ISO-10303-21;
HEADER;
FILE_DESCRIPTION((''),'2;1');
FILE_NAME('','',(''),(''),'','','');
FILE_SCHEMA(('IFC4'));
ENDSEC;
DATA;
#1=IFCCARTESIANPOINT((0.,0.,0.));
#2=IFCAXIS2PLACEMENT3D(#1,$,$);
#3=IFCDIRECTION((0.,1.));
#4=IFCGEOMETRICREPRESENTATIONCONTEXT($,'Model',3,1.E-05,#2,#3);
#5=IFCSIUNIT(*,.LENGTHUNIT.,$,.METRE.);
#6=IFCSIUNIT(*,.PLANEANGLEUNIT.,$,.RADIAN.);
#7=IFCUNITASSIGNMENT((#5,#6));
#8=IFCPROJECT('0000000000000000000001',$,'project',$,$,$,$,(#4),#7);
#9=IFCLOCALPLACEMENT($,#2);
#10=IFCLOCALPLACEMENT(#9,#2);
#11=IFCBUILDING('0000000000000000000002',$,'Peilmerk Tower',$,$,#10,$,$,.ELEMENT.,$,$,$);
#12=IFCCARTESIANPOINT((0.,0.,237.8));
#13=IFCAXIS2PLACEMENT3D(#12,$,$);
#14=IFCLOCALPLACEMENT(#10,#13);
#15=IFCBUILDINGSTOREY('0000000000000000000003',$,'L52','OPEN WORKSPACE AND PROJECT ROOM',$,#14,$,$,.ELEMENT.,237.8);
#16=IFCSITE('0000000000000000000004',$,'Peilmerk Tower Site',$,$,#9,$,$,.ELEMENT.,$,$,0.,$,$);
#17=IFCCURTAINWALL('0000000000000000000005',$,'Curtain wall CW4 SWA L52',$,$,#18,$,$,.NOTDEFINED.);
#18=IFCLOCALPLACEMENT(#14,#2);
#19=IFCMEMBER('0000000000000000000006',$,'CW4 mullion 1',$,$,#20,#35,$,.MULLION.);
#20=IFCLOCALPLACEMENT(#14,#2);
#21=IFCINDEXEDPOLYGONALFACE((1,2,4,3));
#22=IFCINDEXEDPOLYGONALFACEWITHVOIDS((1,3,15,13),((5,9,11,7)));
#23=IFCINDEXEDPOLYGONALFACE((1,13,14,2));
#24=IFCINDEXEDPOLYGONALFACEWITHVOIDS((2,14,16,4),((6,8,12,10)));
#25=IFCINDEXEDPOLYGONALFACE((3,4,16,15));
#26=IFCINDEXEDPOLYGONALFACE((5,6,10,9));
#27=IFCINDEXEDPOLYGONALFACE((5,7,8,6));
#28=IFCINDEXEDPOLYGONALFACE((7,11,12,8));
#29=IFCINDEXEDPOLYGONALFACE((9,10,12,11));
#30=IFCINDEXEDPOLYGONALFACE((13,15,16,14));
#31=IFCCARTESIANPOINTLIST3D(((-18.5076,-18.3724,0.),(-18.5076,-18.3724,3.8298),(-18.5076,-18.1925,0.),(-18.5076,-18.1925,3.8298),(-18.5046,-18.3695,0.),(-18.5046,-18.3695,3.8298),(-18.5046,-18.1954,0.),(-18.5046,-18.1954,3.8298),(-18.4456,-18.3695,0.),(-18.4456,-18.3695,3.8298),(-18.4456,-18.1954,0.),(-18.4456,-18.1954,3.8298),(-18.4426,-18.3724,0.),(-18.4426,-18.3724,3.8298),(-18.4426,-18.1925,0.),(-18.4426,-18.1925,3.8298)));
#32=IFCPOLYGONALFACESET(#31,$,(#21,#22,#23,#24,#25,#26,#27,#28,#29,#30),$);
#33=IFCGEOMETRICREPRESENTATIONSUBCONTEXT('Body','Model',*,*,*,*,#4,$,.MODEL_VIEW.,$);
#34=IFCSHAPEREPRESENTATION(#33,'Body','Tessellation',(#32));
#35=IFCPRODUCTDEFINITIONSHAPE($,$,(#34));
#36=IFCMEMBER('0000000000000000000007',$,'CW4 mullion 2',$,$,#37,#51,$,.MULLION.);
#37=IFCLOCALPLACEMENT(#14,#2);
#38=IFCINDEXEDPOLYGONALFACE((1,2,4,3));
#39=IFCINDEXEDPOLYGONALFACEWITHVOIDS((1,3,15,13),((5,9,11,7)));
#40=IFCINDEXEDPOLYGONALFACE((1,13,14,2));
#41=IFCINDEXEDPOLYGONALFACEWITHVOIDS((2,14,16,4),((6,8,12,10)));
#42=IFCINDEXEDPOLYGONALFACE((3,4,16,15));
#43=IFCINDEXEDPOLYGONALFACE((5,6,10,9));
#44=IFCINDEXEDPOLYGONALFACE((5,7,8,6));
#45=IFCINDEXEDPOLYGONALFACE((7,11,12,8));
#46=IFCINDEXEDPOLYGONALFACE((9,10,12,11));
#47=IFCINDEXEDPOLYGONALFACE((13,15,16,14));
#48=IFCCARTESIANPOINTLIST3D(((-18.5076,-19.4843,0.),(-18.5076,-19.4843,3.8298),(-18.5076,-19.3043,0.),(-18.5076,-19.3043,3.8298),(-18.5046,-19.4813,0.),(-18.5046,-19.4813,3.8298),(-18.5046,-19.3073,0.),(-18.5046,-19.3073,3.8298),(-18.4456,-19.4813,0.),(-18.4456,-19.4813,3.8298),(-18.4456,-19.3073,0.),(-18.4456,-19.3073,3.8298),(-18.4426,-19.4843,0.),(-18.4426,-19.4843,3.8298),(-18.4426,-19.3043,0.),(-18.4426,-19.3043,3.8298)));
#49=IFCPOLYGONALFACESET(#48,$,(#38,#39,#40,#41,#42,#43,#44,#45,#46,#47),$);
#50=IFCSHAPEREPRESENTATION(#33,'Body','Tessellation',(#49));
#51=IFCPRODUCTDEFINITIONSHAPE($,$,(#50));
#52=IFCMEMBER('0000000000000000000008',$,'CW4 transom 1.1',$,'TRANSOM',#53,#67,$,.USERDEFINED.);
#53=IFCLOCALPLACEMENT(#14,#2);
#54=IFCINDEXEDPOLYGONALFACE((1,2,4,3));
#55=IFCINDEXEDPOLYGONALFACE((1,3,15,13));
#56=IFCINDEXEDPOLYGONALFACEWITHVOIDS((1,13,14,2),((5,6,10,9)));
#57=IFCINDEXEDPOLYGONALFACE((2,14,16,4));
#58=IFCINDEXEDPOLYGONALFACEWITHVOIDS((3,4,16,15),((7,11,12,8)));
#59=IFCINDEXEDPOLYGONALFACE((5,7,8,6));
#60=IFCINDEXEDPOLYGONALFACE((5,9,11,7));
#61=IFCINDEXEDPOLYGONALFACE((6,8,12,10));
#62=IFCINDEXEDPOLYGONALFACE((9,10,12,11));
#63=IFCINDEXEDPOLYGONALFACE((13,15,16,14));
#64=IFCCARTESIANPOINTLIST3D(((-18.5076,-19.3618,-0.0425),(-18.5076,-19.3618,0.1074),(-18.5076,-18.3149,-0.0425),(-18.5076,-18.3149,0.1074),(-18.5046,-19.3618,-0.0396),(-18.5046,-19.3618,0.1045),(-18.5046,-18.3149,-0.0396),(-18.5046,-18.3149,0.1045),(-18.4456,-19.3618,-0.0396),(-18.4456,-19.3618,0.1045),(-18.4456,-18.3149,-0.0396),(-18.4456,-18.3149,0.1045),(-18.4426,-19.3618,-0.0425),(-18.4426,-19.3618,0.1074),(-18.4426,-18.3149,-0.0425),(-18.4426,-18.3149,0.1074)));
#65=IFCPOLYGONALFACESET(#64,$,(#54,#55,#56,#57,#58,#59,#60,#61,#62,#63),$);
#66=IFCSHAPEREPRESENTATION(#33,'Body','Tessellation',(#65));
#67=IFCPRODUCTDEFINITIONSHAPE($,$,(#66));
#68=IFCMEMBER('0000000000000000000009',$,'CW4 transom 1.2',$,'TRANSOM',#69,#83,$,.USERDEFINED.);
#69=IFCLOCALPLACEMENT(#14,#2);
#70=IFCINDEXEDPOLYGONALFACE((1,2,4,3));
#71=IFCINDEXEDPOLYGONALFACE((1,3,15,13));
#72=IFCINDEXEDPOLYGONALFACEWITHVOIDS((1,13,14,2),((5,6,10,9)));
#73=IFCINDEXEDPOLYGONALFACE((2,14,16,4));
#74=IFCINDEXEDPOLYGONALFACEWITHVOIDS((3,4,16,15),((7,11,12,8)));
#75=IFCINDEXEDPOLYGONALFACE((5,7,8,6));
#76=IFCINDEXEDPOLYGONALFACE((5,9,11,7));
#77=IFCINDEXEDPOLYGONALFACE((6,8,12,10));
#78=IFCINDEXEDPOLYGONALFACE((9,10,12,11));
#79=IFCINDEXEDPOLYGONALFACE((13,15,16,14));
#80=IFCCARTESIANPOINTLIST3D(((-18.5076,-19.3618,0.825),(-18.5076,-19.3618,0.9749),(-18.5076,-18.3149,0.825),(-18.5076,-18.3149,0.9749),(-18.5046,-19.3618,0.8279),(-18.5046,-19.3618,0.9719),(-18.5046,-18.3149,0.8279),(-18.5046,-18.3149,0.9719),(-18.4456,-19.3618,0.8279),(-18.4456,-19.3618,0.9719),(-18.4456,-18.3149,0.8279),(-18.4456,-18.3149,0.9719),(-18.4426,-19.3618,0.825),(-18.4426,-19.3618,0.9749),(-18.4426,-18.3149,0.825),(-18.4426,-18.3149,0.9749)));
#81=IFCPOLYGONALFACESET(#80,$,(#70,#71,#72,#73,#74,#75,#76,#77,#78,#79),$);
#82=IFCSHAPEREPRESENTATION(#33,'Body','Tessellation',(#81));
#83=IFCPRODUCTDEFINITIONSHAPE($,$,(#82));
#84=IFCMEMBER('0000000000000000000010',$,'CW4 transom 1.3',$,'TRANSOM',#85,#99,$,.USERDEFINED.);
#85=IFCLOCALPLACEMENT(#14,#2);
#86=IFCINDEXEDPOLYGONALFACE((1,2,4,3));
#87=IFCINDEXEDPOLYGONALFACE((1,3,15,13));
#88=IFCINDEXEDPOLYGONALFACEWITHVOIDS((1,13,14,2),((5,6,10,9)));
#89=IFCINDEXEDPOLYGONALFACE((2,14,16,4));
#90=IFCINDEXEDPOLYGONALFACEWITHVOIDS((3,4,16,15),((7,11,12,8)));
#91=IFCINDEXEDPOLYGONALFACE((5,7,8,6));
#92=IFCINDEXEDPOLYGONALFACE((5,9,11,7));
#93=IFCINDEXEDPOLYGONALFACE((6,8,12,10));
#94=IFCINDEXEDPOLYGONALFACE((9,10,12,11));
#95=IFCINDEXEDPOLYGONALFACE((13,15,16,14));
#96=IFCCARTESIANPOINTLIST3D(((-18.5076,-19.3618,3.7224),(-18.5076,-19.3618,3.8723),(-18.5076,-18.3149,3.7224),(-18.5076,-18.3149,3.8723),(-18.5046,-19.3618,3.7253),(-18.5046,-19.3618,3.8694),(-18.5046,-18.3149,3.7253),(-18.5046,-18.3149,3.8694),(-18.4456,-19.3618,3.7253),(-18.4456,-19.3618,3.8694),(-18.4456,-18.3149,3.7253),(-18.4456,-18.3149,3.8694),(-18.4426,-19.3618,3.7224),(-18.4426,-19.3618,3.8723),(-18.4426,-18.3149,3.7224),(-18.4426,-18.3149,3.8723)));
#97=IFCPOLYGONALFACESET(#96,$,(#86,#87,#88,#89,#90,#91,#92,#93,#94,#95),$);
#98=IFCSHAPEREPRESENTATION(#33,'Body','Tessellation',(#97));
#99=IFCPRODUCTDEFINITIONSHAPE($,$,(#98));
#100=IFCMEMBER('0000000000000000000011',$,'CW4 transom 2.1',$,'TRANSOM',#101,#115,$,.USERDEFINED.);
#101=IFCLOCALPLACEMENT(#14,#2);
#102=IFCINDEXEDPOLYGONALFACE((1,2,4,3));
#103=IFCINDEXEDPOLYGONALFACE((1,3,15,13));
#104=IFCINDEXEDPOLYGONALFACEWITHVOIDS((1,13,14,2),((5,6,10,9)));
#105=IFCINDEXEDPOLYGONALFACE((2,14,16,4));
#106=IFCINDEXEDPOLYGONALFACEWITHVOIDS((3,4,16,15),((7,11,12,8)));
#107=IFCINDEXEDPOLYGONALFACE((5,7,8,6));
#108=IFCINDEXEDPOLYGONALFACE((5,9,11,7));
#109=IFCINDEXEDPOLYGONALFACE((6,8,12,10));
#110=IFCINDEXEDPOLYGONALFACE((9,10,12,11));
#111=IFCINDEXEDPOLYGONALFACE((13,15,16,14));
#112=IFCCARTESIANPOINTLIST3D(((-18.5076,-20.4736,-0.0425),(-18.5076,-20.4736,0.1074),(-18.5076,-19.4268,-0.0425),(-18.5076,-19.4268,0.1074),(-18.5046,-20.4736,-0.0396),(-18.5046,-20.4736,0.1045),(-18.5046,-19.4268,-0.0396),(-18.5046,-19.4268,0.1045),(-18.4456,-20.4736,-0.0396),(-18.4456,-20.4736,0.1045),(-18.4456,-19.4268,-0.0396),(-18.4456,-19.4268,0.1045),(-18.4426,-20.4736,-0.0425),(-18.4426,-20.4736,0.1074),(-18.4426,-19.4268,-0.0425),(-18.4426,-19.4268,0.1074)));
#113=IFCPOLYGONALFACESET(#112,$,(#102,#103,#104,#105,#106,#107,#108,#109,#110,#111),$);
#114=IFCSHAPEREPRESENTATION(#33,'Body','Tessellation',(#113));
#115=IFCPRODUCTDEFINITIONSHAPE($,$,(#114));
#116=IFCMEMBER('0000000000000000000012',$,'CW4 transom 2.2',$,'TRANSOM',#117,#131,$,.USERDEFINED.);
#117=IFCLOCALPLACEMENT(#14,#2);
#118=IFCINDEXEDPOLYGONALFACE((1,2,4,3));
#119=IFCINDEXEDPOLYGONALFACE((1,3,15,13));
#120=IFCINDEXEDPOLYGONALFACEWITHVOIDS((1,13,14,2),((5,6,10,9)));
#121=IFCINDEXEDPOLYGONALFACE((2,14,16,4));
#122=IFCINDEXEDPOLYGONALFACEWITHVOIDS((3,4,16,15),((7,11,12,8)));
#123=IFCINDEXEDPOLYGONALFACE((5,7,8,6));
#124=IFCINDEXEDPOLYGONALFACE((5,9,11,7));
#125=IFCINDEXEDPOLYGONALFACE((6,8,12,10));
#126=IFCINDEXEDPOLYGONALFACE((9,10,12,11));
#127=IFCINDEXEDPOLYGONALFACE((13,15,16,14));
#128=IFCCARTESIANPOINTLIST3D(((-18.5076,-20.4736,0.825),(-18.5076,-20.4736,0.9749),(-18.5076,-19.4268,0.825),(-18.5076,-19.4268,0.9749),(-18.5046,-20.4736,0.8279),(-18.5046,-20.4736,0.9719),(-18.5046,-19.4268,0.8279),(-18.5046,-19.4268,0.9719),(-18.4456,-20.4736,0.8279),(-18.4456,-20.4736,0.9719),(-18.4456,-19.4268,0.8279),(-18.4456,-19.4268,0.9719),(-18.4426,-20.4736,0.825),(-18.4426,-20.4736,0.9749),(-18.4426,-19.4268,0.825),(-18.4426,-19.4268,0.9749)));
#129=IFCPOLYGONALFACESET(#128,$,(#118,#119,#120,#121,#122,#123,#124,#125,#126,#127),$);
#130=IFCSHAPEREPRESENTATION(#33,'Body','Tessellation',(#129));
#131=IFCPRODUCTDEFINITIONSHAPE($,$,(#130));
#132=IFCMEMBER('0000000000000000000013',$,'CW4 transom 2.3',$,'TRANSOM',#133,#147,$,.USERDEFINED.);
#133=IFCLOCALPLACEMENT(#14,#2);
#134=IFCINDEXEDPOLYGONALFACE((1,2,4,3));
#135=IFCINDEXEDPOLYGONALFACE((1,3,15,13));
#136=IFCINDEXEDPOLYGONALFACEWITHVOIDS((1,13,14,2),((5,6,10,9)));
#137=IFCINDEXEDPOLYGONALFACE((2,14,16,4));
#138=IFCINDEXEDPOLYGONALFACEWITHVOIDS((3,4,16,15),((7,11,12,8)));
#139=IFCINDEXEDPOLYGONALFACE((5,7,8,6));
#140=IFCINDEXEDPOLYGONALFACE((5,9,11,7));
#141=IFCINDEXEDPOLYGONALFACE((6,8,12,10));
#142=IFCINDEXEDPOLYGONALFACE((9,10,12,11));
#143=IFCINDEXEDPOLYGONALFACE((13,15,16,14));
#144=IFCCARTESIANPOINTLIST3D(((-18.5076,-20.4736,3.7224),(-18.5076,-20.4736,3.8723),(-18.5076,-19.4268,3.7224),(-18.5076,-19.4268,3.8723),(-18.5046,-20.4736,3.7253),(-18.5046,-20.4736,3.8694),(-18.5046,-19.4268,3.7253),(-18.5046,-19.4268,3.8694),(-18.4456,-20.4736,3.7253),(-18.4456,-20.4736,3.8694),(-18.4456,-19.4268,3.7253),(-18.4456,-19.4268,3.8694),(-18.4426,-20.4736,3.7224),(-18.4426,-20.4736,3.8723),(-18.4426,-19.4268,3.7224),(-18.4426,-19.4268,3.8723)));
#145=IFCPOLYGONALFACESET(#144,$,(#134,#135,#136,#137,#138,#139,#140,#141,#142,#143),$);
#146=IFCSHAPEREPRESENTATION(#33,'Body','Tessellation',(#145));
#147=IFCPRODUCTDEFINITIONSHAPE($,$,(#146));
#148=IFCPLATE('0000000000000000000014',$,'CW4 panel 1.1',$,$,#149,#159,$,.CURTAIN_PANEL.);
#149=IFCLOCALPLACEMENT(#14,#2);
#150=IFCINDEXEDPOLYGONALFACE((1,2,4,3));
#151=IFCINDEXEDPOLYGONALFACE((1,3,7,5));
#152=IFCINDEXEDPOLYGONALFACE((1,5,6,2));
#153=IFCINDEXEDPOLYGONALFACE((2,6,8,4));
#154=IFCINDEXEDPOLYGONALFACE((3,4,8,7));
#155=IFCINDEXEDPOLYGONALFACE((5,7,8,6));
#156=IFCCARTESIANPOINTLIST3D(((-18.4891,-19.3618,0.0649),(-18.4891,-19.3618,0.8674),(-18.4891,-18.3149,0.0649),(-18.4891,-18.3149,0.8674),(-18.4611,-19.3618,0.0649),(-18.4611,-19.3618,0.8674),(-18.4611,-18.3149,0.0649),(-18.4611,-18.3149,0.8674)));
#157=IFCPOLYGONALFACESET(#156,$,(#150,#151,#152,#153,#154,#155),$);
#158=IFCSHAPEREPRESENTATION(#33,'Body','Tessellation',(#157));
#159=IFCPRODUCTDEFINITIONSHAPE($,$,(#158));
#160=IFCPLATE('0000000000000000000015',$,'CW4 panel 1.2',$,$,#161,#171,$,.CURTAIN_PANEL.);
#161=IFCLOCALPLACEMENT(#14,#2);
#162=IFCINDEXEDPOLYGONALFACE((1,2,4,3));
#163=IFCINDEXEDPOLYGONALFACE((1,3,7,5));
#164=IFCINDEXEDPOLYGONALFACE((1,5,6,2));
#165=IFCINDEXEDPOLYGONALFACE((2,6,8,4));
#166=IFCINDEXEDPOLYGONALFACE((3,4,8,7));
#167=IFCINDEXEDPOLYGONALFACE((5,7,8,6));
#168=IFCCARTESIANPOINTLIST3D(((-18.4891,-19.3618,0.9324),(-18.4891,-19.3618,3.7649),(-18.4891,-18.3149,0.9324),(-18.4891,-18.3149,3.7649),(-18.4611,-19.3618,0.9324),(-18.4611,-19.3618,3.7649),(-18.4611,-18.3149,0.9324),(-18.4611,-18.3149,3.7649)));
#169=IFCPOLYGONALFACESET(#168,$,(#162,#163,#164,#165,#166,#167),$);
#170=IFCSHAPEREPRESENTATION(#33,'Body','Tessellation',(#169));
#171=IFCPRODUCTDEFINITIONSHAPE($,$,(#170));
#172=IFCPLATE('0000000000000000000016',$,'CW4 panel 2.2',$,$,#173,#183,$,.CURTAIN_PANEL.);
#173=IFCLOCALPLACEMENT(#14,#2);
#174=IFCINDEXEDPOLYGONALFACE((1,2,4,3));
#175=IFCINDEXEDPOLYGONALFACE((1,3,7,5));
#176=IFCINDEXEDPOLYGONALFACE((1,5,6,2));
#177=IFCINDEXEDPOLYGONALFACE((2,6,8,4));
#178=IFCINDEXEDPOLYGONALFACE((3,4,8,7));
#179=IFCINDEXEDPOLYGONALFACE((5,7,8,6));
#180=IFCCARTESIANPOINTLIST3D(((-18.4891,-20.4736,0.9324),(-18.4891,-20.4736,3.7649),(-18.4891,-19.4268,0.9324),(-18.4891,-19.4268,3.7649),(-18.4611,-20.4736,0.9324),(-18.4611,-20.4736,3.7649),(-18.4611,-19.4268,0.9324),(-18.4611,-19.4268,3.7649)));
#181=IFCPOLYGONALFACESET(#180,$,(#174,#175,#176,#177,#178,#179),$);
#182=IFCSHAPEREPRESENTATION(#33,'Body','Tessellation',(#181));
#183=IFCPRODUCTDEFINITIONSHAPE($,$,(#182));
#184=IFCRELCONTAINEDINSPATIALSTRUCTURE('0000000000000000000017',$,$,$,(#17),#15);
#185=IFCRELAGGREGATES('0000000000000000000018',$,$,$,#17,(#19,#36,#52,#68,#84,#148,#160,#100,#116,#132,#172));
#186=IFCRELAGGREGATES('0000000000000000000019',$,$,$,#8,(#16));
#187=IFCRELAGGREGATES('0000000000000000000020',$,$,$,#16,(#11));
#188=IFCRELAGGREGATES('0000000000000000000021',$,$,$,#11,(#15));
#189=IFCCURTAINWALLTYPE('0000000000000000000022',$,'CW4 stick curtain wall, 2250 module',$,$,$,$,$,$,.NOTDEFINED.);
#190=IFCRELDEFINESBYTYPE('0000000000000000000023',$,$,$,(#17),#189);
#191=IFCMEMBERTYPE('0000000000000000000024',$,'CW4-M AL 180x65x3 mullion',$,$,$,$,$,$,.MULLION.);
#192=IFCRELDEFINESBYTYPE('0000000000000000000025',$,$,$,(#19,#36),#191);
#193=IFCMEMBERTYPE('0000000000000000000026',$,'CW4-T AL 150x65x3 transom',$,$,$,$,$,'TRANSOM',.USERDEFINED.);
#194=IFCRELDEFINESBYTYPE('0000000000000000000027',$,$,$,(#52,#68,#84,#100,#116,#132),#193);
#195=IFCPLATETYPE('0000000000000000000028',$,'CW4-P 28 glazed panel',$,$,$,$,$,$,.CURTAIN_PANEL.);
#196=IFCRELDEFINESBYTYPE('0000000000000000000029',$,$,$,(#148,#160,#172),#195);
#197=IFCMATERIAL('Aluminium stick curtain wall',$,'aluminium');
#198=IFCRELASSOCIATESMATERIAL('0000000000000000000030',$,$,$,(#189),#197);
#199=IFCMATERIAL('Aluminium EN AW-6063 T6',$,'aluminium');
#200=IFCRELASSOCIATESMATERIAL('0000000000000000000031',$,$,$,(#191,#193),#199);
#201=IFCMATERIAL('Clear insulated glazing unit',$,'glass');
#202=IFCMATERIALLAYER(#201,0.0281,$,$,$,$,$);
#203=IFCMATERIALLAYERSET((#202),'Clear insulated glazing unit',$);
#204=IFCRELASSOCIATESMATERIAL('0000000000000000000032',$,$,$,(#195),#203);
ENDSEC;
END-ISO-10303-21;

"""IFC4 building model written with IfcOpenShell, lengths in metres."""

from ifc_helpers import new_model, si_unit, direction, frame, origin, origin_2d, place, context, subcontext, project, spatial, rectangle, hollow_rectangle, extrude, material, layer, layer_set, material_profile, profile_set, type_object, element, aggregate, save


model = new_model("IFC4")

# Units and contexts
model_context = context("Model", 3, precision=1e-05, world=origin(), true_north=direction((0.0, 1.0)))
body_context = subcontext(model_context, "Body", "Model", "MODEL_VIEW")
ifc_project = project(units=[si_unit("LENGTHUNIT", "METRE"), si_unit("PLANEANGLEUNIT", "RADIAN")], contexts=[model_context])

# Site, building, storey
site_placement = place(None, origin())
site = spatial("IfcSite", under=ifc_project, at=site_placement, Name="Peilmerk Tower Site", CompositionType="ELEMENT", RefElevation=0.0)
building_placement = place(site_placement, origin())
building = spatial("IfcBuilding", under=site, at=building_placement, Name="Peilmerk Tower", CompositionType="ELEMENT")
storey_placement = place(building_placement, frame((0.0, 0.0, 237.8)))
storey = spatial("IfcBuildingStorey", under=building, at=storey_placement, Name="L52", Description="OPEN WORKSPACE AND PROJECT ROOM", CompositionType="ELEMENT", Elevation=237.8)

# Curtain wall, members, plates
ifc_material_1 = material(Name="Aluminium stick curtain wall", Category="aluminium")
curtain_wall_type = type_object("IfcCurtainWallType", Name="CW4 stick curtain wall, 2250 module", PredefinedType="NOTDEFINED", material=ifc_material_1)
curtain_wall_placement = place(storey_placement, origin())
curtain_wall = element("IfcCurtainWall", 1, at=curtain_wall_placement, inside=storey, type_object=curtain_wall_type, Name="Curtain wall CW4 SWA L52", PredefinedType="NOTDEFINED")
ifc_material_2 = material(Name="Aluminium EN AW-6063 T6", Category="aluminium")
ifc_material_profile_1 = material_profile(ifc_material_2, hollow_rectangle(XDim=0.0649, YDim=0.1799, WallThickness=0.0029, at=origin_2d()), Name="AL 180x65x3")
ifc_profile_set_1 = profile_set([ifc_material_profile_1], Name="Aluminium EN AW-6063 T6")
member_type_1 = type_object("IfcMemberType", Name="CW4-M AL 180x65x3 mullion", PredefinedType="MULLION", material=ifc_profile_set_1)
member_1_placement = place(storey_placement, frame((-18.4751, -18.2825, 0.0), z_axis=(0.0, 0.0, 1.0), x_axis=(1.0, 0.0, 0.0)))
member_1 = element("IfcMember", 2, at=member_1_placement, type_object=member_type_1, Name="CW4 mullion 1", PredefinedType="MULLION", context=body_context, shape_type="SweptSolid", body=[
    extrude(hollow_rectangle(XDim=0.0649, YDim=0.1799, WallThickness=0.0029, at=origin_2d()), origin(), (0.0, 0.0, 1.0), 3.8298),
])
member_2_placement = place(storey_placement, frame((-18.4751, -19.3943, 0.0), z_axis=(0.0, 0.0, 1.0), x_axis=(1.0, 0.0, 0.0)))
member_2 = element("IfcMember", 3, at=member_2_placement, type_object=member_type_1, Name="CW4 mullion 2", PredefinedType="MULLION", context=body_context, shape_type="SweptSolid", body=[
    extrude(hollow_rectangle(XDim=0.0649, YDim=0.1799, WallThickness=0.0029, at=origin_2d()), origin(), (0.0, 0.0, 1.0), 3.8298),
])
ifc_material_profile_2 = material_profile(ifc_material_2, hollow_rectangle(XDim=0.0649, YDim=0.1499, WallThickness=0.0029, at=origin_2d()), Name="AL 150x65x3")
ifc_profile_set_2 = profile_set([ifc_material_profile_2], Name="Aluminium EN AW-6063 T6")
member_type_2 = type_object("IfcMemberType", Name="CW4-T AL 150x65x3 transom", ElementType="TRANSOM", PredefinedType="USERDEFINED", material=ifc_profile_set_2)
member_3_placement = place(storey_placement, frame((-18.4751, -18.3149, 0.0325), z_axis=(0.0, -1.0, 0.0), x_axis=(1.0, 0.0, 0.0)))
member_3 = element("IfcMember", 4, at=member_3_placement, type_object=member_type_2, Name="CW4 transom 1.1", ObjectType="TRANSOM", PredefinedType="USERDEFINED", context=body_context, shape_type="SweptSolid", body=[
    extrude(hollow_rectangle(XDim=0.0649, YDim=0.1499, WallThickness=0.0029, at=origin_2d()), origin(), (0.0, 0.0, 1.0), 1.0469),
])
member_4_placement = place(storey_placement, frame((-18.4751, -18.3149, 0.8999), z_axis=(0.0, -1.0, 0.0), x_axis=(1.0, 0.0, 0.0)))
member_4 = element("IfcMember", 5, at=member_4_placement, type_object=member_type_2, Name="CW4 transom 1.2", ObjectType="TRANSOM", PredefinedType="USERDEFINED", context=body_context, shape_type="SweptSolid", body=[
    extrude(hollow_rectangle(XDim=0.0649, YDim=0.1499, WallThickness=0.0029, at=origin_2d()), origin(), (0.0, 0.0, 1.0), 1.0469),
])
member_5_placement = place(storey_placement, frame((-18.4751, -18.3149, 3.7974), z_axis=(0.0, -1.0, 0.0), x_axis=(1.0, 0.0, 0.0)))
member_5 = element("IfcMember", 6, at=member_5_placement, type_object=member_type_2, Name="CW4 transom 1.3", ObjectType="TRANSOM", PredefinedType="USERDEFINED", context=body_context, shape_type="SweptSolid", body=[
    extrude(hollow_rectangle(XDim=0.0649, YDim=0.1499, WallThickness=0.0029, at=origin_2d()), origin(), (0.0, 0.0, 1.0), 1.0469),
])
member_6_placement = place(storey_placement, frame((-18.4751, -19.4268, 0.0325), z_axis=(0.0, -1.0, 0.0), x_axis=(1.0, 0.0, 0.0)))
member_6 = element("IfcMember", 7, at=member_6_placement, type_object=member_type_2, Name="CW4 transom 2.1", ObjectType="TRANSOM", PredefinedType="USERDEFINED", context=body_context, shape_type="SweptSolid", body=[
    extrude(hollow_rectangle(XDim=0.0649, YDim=0.1499, WallThickness=0.0029, at=origin_2d()), origin(), (0.0, 0.0, 1.0), 1.0469),
])
member_7_placement = place(storey_placement, frame((-18.4751, -19.4268, 0.8999), z_axis=(0.0, -1.0, 0.0), x_axis=(1.0, 0.0, 0.0)))
member_7 = element("IfcMember", 8, at=member_7_placement, type_object=member_type_2, Name="CW4 transom 2.2", ObjectType="TRANSOM", PredefinedType="USERDEFINED", context=body_context, shape_type="SweptSolid", body=[
    extrude(hollow_rectangle(XDim=0.0649, YDim=0.1499, WallThickness=0.0029, at=origin_2d()), origin(), (0.0, 0.0, 1.0), 1.0469),
])
member_8_placement = place(storey_placement, frame((-18.4751, -19.4268, 3.7974), z_axis=(0.0, -1.0, 0.0), x_axis=(1.0, 0.0, 0.0)))
member_8 = element("IfcMember", 9, at=member_8_placement, type_object=member_type_2, Name="CW4 transom 2.3", ObjectType="TRANSOM", PredefinedType="USERDEFINED", context=body_context, shape_type="SweptSolid", body=[
    extrude(hollow_rectangle(XDim=0.0649, YDim=0.1499, WallThickness=0.0029, at=origin_2d()), origin(), (0.0, 0.0, 1.0), 1.0469),
])
ifc_material_3 = material(Name="Clear insulated glazing unit", Category="glass")
ifc_layer = layer(ifc_material_3, 0.0281)
ifc_layer_set = layer_set([ifc_layer], Name="Clear insulated glazing unit")
plate_type = type_object("IfcPlateType", Name="CW4-P 28 glazed panel", PredefinedType="CURTAIN_PANEL", material=ifc_layer_set)
plate_1_placement = place(storey_placement, frame((-18.4751, -18.8384, 0.0649), z_axis=(0.0, 0.0, 1.0), x_axis=(0.0, -1.0, 0.0)))
plate_1 = element("IfcPlate", 10, at=plate_1_placement, type_object=plate_type, Name="CW4 panel 1.1", PredefinedType="CURTAIN_PANEL", context=body_context, shape_type="SweptSolid", body=[
    extrude(rectangle(XDim=1.0469, YDim=0.0281, at=origin_2d()), origin(), (0.0, 0.0, 1.0), 0.8025),
])
plate_2_placement = place(storey_placement, frame((-18.4751, -18.8384, 0.9324), z_axis=(0.0, 0.0, 1.0), x_axis=(0.0, -1.0, 0.0)))
plate_2 = element("IfcPlate", 11, at=plate_2_placement, type_object=plate_type, Name="CW4 panel 1.2", PredefinedType="CURTAIN_PANEL", context=body_context, shape_type="SweptSolid", body=[
    extrude(rectangle(XDim=1.0469, YDim=0.0281, at=origin_2d()), origin(), (0.0, 0.0, 1.0), 2.8325),
])
plate_3_placement = place(storey_placement, frame((-18.4751, -19.9502, 0.9324), z_axis=(0.0, 0.0, 1.0), x_axis=(0.0, -1.0, 0.0)))
plate_3 = element("IfcPlate", 12, at=plate_3_placement, type_object=plate_type, Name="CW4 panel 2.2", PredefinedType="CURTAIN_PANEL", context=body_context, shape_type="SweptSolid", body=[
    extrude(rectangle(XDim=1.0469, YDim=0.0281, at=origin_2d()), origin(), (0.0, 0.0, 1.0), 2.8325),
])
aggregate(curtain_wall, [member_1, member_2, member_3, member_4, member_5, plate_1, plate_2, member_6, member_7, member_8, plate_3])

save(model, "model.ifc")
